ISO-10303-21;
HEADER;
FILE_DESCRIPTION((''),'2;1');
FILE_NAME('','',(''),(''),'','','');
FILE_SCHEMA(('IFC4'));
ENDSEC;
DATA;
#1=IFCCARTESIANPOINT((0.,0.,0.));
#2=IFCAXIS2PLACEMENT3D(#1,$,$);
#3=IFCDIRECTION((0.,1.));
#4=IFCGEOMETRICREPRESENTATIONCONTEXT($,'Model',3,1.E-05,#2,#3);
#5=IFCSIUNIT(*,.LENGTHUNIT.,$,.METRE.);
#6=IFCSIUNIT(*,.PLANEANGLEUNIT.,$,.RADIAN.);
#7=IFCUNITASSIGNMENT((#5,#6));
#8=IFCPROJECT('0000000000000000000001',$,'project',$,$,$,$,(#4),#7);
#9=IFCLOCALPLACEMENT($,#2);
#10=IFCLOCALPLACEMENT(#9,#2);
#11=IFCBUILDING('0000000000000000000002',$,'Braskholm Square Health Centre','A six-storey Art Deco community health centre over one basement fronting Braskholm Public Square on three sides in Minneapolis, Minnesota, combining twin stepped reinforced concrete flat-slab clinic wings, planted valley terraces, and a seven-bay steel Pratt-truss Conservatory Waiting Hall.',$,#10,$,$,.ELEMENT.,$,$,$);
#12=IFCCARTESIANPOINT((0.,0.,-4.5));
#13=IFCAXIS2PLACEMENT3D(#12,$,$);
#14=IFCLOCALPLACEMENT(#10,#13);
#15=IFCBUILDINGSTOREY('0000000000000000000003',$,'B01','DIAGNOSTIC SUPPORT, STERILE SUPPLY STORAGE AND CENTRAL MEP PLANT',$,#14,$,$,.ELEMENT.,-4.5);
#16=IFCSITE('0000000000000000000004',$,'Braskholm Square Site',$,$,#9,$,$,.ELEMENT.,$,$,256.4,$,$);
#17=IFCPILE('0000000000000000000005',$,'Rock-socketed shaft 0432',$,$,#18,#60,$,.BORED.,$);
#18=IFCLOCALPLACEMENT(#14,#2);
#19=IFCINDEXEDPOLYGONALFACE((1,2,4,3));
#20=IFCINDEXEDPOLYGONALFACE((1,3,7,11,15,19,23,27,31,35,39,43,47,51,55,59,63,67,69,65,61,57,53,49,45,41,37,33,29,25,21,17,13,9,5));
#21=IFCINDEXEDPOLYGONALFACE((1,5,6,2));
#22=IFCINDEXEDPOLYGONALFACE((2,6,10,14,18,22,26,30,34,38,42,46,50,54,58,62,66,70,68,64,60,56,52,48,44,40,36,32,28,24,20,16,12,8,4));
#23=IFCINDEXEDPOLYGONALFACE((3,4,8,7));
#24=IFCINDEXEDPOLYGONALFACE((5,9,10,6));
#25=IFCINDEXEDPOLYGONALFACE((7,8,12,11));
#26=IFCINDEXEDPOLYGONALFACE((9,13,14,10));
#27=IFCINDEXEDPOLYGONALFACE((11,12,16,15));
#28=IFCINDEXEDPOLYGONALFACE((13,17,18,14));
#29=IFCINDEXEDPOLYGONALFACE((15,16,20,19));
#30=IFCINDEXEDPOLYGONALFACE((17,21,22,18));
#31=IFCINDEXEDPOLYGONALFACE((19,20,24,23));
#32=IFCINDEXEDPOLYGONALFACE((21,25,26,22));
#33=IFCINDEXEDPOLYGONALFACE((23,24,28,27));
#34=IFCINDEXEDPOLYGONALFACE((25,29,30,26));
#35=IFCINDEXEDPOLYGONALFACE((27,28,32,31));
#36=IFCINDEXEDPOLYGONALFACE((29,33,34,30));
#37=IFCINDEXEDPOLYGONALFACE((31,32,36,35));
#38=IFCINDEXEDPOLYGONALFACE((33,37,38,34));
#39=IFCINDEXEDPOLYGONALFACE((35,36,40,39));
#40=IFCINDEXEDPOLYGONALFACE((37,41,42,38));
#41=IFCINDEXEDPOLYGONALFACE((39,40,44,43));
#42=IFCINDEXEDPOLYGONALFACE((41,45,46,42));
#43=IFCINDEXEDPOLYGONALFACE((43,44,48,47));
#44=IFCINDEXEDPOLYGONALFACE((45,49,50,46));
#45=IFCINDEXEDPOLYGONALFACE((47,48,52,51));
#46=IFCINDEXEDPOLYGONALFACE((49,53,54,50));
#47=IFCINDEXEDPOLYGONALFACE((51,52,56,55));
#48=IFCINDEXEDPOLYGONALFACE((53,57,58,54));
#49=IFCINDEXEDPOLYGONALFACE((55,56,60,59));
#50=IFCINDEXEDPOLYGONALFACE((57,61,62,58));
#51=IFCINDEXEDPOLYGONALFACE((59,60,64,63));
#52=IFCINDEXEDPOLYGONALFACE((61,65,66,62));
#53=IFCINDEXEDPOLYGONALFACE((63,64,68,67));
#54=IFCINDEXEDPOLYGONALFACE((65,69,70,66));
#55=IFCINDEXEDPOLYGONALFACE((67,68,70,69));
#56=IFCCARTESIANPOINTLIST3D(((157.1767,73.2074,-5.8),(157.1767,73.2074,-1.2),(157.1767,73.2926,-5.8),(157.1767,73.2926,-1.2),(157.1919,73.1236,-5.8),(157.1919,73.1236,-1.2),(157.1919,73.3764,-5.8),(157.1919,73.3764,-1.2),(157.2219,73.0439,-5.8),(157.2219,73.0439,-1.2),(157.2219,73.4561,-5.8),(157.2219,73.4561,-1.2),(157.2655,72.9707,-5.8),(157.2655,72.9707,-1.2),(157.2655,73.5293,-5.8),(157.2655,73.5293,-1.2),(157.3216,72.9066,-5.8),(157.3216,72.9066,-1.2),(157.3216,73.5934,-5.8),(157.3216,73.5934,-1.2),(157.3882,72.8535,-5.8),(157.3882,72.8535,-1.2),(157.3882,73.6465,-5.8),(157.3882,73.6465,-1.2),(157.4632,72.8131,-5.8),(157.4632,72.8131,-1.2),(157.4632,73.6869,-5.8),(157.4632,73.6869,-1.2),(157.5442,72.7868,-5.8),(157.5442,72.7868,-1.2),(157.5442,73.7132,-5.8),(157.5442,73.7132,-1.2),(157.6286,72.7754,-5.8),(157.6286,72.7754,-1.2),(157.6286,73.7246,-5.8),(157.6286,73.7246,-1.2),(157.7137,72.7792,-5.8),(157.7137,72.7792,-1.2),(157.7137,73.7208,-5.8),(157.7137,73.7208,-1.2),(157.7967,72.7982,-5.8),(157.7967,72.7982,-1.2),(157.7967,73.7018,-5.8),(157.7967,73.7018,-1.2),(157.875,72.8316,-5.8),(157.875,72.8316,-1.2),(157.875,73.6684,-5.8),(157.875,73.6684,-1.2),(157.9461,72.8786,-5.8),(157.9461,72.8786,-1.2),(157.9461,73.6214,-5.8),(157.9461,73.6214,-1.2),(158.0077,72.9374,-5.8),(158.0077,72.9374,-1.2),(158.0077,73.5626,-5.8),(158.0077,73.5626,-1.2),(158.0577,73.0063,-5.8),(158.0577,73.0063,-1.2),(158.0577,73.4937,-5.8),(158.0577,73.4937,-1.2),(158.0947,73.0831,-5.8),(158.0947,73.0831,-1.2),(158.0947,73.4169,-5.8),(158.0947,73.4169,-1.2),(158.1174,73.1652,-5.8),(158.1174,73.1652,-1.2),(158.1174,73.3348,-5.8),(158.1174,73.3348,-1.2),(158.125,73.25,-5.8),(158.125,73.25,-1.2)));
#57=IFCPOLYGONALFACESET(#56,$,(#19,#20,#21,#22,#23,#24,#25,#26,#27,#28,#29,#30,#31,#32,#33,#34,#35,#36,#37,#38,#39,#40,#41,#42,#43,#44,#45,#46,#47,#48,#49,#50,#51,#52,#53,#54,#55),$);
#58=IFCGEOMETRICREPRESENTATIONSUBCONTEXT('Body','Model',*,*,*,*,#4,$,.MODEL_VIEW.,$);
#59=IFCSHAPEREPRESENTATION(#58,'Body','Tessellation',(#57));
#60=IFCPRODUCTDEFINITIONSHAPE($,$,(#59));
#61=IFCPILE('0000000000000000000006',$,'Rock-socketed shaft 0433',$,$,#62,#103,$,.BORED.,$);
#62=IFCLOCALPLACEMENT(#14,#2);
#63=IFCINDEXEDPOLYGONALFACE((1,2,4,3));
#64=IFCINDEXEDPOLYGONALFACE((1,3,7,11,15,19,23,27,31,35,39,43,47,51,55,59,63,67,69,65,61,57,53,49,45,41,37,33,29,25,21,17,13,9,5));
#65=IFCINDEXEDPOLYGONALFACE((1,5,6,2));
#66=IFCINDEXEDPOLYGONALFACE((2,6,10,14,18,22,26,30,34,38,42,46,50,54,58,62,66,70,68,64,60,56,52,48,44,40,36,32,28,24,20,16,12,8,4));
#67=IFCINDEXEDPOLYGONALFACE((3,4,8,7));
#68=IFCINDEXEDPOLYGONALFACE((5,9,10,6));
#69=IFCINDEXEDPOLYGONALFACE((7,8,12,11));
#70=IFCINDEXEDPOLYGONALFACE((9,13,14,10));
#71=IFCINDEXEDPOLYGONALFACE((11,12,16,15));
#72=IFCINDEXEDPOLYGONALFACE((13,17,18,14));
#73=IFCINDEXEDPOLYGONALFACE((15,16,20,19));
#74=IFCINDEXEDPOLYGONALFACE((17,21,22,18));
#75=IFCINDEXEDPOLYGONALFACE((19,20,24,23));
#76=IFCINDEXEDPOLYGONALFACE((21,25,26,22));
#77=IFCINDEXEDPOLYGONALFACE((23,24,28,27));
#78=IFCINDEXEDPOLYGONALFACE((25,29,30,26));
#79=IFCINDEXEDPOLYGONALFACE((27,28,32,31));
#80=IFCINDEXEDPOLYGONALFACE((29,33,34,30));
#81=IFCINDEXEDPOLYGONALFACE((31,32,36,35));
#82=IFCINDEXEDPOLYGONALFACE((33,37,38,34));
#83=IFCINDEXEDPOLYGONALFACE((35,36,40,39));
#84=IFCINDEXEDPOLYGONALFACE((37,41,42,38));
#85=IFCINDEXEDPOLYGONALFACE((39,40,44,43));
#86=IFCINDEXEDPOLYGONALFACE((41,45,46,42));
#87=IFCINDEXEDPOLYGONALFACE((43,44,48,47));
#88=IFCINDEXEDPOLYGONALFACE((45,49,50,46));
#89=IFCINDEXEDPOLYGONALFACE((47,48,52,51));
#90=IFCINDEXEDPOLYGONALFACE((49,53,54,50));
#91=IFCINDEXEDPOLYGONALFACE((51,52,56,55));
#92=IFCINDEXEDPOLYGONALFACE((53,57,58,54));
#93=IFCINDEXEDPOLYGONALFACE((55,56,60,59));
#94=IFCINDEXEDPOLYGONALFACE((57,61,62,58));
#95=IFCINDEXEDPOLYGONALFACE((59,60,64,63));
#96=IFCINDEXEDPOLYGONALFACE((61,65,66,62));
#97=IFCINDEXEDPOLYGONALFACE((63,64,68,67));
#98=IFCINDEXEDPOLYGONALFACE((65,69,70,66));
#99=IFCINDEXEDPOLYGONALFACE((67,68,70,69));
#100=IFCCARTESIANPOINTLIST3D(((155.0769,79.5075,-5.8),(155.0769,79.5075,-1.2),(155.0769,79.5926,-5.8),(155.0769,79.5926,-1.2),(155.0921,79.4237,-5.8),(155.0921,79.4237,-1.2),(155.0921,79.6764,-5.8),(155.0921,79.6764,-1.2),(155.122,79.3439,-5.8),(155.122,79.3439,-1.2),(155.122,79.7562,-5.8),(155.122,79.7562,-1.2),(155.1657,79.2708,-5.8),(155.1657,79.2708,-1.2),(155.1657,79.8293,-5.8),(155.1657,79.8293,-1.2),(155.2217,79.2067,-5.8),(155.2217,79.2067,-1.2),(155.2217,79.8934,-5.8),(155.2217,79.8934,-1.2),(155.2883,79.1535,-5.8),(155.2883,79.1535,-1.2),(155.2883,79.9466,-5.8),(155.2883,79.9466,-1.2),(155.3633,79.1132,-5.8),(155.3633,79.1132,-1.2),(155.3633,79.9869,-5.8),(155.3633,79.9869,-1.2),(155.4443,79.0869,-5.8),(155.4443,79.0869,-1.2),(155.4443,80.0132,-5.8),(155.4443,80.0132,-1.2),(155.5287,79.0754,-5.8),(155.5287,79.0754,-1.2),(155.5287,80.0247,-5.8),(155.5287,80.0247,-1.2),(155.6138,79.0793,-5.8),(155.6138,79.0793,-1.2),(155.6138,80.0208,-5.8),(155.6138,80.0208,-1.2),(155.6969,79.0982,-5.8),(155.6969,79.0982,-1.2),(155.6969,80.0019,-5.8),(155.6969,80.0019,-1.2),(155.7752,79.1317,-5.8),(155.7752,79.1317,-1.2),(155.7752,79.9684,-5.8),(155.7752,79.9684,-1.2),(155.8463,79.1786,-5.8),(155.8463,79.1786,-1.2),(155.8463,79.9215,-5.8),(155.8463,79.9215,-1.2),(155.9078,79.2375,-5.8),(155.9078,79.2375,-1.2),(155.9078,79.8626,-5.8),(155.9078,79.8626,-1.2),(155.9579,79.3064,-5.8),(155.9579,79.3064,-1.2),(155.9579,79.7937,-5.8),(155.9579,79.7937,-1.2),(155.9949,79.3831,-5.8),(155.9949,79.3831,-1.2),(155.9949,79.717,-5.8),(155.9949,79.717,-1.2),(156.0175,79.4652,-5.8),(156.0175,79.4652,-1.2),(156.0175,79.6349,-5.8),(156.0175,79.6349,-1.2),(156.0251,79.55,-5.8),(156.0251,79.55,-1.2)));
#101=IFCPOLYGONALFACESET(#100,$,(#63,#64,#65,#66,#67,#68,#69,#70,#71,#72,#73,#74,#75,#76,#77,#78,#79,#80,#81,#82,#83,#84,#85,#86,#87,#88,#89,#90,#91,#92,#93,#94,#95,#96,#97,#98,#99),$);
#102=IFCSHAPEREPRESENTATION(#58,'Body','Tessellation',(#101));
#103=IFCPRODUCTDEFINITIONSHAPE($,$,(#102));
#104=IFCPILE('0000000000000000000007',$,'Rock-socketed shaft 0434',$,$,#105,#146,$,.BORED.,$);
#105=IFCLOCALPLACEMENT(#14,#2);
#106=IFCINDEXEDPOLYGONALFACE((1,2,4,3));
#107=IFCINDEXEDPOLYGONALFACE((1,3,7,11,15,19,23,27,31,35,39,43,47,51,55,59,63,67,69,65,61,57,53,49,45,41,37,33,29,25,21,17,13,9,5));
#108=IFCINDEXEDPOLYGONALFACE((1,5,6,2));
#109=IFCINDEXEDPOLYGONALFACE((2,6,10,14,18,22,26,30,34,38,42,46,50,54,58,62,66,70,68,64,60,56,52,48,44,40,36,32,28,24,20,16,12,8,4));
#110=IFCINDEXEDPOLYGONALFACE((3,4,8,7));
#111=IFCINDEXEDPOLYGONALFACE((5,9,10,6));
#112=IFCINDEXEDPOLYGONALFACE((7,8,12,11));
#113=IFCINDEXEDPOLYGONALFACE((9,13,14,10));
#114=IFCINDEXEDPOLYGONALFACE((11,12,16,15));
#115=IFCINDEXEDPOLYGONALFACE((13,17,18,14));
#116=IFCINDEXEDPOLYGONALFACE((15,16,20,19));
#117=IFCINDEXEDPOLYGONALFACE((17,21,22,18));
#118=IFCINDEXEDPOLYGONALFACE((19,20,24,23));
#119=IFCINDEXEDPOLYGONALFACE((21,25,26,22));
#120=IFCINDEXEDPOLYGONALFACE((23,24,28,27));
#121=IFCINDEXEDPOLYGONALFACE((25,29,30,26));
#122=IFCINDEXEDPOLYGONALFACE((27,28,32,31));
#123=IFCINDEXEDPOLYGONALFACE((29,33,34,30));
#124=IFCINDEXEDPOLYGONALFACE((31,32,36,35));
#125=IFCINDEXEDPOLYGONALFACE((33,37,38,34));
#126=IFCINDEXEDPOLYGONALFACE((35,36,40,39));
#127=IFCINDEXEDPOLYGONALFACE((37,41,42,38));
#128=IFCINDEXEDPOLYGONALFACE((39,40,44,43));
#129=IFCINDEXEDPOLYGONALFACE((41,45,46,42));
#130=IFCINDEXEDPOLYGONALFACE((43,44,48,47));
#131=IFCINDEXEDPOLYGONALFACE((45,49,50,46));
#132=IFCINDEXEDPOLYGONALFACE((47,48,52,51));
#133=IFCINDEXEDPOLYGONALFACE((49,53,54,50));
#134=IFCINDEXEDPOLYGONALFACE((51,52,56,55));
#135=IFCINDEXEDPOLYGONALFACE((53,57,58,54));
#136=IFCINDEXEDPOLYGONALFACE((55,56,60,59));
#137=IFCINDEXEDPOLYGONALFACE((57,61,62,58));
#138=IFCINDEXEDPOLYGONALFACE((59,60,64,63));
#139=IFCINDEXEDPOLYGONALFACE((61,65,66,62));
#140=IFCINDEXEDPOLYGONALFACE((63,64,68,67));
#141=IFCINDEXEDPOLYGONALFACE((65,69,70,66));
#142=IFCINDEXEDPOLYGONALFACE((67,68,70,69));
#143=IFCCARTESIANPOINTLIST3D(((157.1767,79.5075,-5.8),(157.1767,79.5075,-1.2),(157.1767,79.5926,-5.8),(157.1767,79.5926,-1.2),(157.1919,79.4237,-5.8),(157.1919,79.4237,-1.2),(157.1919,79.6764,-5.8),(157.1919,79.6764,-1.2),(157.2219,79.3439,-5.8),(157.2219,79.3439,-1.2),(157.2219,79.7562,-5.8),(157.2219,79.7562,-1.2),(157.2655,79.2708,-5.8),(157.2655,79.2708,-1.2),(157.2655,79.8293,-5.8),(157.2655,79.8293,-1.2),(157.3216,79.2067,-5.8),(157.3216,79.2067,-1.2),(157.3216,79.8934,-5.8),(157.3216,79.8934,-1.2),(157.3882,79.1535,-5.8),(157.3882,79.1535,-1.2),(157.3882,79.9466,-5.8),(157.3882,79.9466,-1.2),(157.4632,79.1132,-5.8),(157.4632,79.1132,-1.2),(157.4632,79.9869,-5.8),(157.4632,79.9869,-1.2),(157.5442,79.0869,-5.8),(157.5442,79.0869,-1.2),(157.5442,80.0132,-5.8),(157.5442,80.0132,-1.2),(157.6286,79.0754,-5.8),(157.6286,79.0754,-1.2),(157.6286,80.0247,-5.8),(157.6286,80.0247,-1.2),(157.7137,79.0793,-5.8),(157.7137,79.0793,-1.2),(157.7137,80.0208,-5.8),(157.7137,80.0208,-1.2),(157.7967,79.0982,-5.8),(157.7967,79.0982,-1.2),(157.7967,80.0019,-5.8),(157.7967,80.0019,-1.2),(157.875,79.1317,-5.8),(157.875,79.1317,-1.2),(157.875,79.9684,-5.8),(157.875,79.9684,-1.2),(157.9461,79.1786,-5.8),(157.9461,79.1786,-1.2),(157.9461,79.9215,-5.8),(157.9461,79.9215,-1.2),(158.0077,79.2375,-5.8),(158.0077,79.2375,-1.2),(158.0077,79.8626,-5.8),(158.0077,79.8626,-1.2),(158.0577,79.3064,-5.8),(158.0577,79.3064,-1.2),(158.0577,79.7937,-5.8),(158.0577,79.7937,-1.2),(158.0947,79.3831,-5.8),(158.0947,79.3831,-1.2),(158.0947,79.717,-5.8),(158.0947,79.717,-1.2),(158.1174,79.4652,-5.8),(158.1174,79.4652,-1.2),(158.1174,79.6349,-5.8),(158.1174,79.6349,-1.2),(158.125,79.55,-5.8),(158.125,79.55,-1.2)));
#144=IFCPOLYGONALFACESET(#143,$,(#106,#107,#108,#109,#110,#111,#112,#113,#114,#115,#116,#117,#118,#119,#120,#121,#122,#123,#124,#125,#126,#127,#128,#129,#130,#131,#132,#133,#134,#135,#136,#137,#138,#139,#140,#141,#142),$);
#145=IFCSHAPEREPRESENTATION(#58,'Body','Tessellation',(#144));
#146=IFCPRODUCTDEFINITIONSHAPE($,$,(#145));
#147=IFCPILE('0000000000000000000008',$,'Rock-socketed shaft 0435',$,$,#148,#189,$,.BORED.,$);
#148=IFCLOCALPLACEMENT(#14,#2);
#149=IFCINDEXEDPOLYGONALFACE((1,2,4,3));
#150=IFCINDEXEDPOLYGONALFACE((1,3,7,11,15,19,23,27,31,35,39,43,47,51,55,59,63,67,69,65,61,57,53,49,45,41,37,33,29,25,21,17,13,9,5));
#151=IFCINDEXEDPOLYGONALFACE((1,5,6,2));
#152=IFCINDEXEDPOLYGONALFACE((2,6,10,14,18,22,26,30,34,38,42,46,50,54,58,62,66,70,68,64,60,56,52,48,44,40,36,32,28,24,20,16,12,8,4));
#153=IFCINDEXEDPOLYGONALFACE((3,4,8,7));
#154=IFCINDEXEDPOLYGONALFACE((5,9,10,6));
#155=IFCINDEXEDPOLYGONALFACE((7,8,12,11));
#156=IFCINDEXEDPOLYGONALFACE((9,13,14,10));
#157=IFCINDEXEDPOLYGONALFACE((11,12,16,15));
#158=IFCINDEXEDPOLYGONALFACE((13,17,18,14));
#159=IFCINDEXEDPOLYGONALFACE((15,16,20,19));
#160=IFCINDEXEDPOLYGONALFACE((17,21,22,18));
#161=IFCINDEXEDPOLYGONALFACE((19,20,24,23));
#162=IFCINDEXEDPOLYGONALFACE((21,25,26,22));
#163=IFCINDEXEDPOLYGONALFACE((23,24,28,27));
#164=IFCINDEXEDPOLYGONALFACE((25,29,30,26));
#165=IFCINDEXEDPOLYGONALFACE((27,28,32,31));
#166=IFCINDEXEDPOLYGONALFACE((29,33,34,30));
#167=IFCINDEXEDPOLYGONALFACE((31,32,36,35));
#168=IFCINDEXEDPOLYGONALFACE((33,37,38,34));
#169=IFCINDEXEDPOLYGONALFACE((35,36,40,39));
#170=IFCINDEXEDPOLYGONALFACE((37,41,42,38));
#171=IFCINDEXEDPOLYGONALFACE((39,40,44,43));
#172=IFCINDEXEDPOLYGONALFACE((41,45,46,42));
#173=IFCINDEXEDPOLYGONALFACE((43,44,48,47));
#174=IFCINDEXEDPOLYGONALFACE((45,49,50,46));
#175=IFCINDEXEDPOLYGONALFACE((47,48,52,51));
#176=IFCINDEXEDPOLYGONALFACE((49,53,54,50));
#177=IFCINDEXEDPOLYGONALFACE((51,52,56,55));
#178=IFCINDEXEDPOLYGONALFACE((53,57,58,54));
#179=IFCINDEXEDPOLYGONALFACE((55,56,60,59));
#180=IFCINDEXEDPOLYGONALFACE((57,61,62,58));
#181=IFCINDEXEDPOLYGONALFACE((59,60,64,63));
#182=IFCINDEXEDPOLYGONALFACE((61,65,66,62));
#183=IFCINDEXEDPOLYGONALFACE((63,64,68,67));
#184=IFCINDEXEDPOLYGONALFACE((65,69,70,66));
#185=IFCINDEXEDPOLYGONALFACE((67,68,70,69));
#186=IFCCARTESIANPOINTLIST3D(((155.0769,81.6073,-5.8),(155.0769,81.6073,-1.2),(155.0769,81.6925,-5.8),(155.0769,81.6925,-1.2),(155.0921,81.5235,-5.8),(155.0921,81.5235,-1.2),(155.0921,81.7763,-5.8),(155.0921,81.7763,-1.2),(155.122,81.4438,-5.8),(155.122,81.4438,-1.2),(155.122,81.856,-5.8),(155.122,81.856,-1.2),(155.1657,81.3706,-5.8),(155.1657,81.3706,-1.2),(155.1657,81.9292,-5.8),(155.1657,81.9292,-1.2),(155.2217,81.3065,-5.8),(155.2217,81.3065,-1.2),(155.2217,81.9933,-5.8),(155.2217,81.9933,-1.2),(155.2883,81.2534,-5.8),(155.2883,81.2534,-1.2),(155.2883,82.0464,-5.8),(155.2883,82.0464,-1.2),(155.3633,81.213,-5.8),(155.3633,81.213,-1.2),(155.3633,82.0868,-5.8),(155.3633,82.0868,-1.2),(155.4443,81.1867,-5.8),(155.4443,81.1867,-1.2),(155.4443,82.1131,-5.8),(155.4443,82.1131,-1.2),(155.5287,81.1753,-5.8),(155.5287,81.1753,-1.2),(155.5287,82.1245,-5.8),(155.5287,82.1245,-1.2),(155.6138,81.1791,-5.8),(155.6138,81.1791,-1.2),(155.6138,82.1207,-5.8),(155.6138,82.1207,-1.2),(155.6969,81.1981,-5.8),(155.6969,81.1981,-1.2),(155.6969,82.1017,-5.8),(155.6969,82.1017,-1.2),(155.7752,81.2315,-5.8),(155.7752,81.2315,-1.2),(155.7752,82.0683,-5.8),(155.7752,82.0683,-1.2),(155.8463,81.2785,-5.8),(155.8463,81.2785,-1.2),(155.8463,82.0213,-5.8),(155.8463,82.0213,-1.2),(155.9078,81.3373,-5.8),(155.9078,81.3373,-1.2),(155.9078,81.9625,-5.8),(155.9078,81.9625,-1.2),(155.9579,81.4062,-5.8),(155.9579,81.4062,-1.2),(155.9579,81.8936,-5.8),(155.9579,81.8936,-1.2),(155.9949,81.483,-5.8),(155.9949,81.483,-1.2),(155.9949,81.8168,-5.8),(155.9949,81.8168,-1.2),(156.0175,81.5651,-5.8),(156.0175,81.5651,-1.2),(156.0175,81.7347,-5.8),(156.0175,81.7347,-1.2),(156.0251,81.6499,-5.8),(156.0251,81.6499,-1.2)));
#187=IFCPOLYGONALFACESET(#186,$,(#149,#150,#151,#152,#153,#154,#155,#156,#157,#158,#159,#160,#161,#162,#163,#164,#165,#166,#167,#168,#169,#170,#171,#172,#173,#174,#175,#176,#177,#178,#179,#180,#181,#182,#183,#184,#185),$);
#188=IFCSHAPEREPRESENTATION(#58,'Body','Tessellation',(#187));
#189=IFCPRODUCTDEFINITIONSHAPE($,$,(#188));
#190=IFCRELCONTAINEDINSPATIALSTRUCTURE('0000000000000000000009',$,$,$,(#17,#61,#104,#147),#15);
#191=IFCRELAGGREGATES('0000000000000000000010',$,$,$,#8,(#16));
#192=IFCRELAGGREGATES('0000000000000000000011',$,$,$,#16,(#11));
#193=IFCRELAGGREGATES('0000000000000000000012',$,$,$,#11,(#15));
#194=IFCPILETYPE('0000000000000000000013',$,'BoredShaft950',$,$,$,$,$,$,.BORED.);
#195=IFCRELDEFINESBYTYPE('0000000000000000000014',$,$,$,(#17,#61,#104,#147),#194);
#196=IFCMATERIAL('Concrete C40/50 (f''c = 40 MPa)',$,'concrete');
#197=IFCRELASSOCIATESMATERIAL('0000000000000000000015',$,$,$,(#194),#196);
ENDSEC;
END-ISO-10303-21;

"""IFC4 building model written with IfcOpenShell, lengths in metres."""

from ifc_helpers import new_model, si_unit, direction, frame, origin, origin_2d, place, context, subcontext, project, spatial, circle, extrude, material, material_profile, profile_set, type_object, element, save


model = new_model("IFC4")

# Units and contexts
model_context = context("Model", 3, precision=1e-05, world=origin(), true_north=direction((0.0, 1.0)))
body_context = subcontext(model_context, "Body", "Model", "MODEL_VIEW")
ifc_project = project(units=[si_unit("LENGTHUNIT", "METRE"), si_unit("PLANEANGLEUNIT", "RADIAN")], contexts=[model_context])

# Site, building, storey
site_placement = place(None, origin())
site = spatial("IfcSite", under=ifc_project, at=site_placement, Name="Braskholm Square Site", CompositionType="ELEMENT", RefElevation=256.4)
building_placement = place(site_placement, origin())
building = spatial("IfcBuilding", under=site, at=building_placement, Name="Braskholm Square Health Centre", Description="A six-storey Art Deco community health centre over one basement fronting Braskholm Public Square on three sides in Minneapolis, Minnesota, combining twin stepped reinforced concrete flat-slab clinic wings, planted valley terraces, and a seven-bay steel Pratt-truss Conservatory Waiting Hall.", CompositionType="ELEMENT")
storey_placement = place(building_placement, frame((0.0, 0.0, -4.5)))
storey = spatial("IfcBuildingStorey", under=building, at=storey_placement, Name="B01", Description="DIAGNOSTIC SUPPORT, STERILE SUPPLY STORAGE AND CENTRAL MEP PLANT", CompositionType="ELEMENT", Elevation=-4.5)

# Piles
ifc_material_1 = material(Name="Concrete C40/50 (f'c = 40 MPa)", Category="concrete")
ifc_material_profile_1 = material_profile(ifc_material_1, circle(Radius=0.4751, at=origin_2d()), Name="BORED-PILE-950")
ifc_profile_set_1 = profile_set([ifc_material_profile_1], Name="Concrete C40/50 (f'c = 40 MPa)")
pile_type_1 = type_object("IfcPileType", Name="BoredShaft950", PredefinedType="BORED", material=ifc_profile_set_1)
for number, where, z_axis, x_axis, name in (
    (1, (157.6499, 73.25, -1.2), (0.0, 0.0, -1.0), (1.0, 0.0, 0.0), "Rock-socketed shaft 0432"),
    (2, (155.55, 79.55, -1.2), (0.0, 0.0, -1.0), (1.0, 0.0, 0.0), "Rock-socketed shaft 0433"),
    (3, (157.6499, 79.55, -1.2), (0.0, 0.0, -1.0), (1.0, 0.0, 0.0), "Rock-socketed shaft 0434"),
    (4, (155.55, 81.6499, -1.2), (0.0, 0.0, -1.0), (1.0, 0.0, 0.0), "Rock-socketed shaft 0435"),
):
    element("IfcPile", number, at=place(storey_placement, frame(where, z_axis=z_axis, x_axis=x_axis)), inside=storey, type_object=pile_type_1, Name=name, PredefinedType="BORED", context=body_context, shape_type="SweptSolid", body=[
        extrude(circle(Radius=0.4751, at=origin_2d()), origin(), (0.0, 0.0, 1.0), 4.6001),
    ])

save(model, "model.ifc")
